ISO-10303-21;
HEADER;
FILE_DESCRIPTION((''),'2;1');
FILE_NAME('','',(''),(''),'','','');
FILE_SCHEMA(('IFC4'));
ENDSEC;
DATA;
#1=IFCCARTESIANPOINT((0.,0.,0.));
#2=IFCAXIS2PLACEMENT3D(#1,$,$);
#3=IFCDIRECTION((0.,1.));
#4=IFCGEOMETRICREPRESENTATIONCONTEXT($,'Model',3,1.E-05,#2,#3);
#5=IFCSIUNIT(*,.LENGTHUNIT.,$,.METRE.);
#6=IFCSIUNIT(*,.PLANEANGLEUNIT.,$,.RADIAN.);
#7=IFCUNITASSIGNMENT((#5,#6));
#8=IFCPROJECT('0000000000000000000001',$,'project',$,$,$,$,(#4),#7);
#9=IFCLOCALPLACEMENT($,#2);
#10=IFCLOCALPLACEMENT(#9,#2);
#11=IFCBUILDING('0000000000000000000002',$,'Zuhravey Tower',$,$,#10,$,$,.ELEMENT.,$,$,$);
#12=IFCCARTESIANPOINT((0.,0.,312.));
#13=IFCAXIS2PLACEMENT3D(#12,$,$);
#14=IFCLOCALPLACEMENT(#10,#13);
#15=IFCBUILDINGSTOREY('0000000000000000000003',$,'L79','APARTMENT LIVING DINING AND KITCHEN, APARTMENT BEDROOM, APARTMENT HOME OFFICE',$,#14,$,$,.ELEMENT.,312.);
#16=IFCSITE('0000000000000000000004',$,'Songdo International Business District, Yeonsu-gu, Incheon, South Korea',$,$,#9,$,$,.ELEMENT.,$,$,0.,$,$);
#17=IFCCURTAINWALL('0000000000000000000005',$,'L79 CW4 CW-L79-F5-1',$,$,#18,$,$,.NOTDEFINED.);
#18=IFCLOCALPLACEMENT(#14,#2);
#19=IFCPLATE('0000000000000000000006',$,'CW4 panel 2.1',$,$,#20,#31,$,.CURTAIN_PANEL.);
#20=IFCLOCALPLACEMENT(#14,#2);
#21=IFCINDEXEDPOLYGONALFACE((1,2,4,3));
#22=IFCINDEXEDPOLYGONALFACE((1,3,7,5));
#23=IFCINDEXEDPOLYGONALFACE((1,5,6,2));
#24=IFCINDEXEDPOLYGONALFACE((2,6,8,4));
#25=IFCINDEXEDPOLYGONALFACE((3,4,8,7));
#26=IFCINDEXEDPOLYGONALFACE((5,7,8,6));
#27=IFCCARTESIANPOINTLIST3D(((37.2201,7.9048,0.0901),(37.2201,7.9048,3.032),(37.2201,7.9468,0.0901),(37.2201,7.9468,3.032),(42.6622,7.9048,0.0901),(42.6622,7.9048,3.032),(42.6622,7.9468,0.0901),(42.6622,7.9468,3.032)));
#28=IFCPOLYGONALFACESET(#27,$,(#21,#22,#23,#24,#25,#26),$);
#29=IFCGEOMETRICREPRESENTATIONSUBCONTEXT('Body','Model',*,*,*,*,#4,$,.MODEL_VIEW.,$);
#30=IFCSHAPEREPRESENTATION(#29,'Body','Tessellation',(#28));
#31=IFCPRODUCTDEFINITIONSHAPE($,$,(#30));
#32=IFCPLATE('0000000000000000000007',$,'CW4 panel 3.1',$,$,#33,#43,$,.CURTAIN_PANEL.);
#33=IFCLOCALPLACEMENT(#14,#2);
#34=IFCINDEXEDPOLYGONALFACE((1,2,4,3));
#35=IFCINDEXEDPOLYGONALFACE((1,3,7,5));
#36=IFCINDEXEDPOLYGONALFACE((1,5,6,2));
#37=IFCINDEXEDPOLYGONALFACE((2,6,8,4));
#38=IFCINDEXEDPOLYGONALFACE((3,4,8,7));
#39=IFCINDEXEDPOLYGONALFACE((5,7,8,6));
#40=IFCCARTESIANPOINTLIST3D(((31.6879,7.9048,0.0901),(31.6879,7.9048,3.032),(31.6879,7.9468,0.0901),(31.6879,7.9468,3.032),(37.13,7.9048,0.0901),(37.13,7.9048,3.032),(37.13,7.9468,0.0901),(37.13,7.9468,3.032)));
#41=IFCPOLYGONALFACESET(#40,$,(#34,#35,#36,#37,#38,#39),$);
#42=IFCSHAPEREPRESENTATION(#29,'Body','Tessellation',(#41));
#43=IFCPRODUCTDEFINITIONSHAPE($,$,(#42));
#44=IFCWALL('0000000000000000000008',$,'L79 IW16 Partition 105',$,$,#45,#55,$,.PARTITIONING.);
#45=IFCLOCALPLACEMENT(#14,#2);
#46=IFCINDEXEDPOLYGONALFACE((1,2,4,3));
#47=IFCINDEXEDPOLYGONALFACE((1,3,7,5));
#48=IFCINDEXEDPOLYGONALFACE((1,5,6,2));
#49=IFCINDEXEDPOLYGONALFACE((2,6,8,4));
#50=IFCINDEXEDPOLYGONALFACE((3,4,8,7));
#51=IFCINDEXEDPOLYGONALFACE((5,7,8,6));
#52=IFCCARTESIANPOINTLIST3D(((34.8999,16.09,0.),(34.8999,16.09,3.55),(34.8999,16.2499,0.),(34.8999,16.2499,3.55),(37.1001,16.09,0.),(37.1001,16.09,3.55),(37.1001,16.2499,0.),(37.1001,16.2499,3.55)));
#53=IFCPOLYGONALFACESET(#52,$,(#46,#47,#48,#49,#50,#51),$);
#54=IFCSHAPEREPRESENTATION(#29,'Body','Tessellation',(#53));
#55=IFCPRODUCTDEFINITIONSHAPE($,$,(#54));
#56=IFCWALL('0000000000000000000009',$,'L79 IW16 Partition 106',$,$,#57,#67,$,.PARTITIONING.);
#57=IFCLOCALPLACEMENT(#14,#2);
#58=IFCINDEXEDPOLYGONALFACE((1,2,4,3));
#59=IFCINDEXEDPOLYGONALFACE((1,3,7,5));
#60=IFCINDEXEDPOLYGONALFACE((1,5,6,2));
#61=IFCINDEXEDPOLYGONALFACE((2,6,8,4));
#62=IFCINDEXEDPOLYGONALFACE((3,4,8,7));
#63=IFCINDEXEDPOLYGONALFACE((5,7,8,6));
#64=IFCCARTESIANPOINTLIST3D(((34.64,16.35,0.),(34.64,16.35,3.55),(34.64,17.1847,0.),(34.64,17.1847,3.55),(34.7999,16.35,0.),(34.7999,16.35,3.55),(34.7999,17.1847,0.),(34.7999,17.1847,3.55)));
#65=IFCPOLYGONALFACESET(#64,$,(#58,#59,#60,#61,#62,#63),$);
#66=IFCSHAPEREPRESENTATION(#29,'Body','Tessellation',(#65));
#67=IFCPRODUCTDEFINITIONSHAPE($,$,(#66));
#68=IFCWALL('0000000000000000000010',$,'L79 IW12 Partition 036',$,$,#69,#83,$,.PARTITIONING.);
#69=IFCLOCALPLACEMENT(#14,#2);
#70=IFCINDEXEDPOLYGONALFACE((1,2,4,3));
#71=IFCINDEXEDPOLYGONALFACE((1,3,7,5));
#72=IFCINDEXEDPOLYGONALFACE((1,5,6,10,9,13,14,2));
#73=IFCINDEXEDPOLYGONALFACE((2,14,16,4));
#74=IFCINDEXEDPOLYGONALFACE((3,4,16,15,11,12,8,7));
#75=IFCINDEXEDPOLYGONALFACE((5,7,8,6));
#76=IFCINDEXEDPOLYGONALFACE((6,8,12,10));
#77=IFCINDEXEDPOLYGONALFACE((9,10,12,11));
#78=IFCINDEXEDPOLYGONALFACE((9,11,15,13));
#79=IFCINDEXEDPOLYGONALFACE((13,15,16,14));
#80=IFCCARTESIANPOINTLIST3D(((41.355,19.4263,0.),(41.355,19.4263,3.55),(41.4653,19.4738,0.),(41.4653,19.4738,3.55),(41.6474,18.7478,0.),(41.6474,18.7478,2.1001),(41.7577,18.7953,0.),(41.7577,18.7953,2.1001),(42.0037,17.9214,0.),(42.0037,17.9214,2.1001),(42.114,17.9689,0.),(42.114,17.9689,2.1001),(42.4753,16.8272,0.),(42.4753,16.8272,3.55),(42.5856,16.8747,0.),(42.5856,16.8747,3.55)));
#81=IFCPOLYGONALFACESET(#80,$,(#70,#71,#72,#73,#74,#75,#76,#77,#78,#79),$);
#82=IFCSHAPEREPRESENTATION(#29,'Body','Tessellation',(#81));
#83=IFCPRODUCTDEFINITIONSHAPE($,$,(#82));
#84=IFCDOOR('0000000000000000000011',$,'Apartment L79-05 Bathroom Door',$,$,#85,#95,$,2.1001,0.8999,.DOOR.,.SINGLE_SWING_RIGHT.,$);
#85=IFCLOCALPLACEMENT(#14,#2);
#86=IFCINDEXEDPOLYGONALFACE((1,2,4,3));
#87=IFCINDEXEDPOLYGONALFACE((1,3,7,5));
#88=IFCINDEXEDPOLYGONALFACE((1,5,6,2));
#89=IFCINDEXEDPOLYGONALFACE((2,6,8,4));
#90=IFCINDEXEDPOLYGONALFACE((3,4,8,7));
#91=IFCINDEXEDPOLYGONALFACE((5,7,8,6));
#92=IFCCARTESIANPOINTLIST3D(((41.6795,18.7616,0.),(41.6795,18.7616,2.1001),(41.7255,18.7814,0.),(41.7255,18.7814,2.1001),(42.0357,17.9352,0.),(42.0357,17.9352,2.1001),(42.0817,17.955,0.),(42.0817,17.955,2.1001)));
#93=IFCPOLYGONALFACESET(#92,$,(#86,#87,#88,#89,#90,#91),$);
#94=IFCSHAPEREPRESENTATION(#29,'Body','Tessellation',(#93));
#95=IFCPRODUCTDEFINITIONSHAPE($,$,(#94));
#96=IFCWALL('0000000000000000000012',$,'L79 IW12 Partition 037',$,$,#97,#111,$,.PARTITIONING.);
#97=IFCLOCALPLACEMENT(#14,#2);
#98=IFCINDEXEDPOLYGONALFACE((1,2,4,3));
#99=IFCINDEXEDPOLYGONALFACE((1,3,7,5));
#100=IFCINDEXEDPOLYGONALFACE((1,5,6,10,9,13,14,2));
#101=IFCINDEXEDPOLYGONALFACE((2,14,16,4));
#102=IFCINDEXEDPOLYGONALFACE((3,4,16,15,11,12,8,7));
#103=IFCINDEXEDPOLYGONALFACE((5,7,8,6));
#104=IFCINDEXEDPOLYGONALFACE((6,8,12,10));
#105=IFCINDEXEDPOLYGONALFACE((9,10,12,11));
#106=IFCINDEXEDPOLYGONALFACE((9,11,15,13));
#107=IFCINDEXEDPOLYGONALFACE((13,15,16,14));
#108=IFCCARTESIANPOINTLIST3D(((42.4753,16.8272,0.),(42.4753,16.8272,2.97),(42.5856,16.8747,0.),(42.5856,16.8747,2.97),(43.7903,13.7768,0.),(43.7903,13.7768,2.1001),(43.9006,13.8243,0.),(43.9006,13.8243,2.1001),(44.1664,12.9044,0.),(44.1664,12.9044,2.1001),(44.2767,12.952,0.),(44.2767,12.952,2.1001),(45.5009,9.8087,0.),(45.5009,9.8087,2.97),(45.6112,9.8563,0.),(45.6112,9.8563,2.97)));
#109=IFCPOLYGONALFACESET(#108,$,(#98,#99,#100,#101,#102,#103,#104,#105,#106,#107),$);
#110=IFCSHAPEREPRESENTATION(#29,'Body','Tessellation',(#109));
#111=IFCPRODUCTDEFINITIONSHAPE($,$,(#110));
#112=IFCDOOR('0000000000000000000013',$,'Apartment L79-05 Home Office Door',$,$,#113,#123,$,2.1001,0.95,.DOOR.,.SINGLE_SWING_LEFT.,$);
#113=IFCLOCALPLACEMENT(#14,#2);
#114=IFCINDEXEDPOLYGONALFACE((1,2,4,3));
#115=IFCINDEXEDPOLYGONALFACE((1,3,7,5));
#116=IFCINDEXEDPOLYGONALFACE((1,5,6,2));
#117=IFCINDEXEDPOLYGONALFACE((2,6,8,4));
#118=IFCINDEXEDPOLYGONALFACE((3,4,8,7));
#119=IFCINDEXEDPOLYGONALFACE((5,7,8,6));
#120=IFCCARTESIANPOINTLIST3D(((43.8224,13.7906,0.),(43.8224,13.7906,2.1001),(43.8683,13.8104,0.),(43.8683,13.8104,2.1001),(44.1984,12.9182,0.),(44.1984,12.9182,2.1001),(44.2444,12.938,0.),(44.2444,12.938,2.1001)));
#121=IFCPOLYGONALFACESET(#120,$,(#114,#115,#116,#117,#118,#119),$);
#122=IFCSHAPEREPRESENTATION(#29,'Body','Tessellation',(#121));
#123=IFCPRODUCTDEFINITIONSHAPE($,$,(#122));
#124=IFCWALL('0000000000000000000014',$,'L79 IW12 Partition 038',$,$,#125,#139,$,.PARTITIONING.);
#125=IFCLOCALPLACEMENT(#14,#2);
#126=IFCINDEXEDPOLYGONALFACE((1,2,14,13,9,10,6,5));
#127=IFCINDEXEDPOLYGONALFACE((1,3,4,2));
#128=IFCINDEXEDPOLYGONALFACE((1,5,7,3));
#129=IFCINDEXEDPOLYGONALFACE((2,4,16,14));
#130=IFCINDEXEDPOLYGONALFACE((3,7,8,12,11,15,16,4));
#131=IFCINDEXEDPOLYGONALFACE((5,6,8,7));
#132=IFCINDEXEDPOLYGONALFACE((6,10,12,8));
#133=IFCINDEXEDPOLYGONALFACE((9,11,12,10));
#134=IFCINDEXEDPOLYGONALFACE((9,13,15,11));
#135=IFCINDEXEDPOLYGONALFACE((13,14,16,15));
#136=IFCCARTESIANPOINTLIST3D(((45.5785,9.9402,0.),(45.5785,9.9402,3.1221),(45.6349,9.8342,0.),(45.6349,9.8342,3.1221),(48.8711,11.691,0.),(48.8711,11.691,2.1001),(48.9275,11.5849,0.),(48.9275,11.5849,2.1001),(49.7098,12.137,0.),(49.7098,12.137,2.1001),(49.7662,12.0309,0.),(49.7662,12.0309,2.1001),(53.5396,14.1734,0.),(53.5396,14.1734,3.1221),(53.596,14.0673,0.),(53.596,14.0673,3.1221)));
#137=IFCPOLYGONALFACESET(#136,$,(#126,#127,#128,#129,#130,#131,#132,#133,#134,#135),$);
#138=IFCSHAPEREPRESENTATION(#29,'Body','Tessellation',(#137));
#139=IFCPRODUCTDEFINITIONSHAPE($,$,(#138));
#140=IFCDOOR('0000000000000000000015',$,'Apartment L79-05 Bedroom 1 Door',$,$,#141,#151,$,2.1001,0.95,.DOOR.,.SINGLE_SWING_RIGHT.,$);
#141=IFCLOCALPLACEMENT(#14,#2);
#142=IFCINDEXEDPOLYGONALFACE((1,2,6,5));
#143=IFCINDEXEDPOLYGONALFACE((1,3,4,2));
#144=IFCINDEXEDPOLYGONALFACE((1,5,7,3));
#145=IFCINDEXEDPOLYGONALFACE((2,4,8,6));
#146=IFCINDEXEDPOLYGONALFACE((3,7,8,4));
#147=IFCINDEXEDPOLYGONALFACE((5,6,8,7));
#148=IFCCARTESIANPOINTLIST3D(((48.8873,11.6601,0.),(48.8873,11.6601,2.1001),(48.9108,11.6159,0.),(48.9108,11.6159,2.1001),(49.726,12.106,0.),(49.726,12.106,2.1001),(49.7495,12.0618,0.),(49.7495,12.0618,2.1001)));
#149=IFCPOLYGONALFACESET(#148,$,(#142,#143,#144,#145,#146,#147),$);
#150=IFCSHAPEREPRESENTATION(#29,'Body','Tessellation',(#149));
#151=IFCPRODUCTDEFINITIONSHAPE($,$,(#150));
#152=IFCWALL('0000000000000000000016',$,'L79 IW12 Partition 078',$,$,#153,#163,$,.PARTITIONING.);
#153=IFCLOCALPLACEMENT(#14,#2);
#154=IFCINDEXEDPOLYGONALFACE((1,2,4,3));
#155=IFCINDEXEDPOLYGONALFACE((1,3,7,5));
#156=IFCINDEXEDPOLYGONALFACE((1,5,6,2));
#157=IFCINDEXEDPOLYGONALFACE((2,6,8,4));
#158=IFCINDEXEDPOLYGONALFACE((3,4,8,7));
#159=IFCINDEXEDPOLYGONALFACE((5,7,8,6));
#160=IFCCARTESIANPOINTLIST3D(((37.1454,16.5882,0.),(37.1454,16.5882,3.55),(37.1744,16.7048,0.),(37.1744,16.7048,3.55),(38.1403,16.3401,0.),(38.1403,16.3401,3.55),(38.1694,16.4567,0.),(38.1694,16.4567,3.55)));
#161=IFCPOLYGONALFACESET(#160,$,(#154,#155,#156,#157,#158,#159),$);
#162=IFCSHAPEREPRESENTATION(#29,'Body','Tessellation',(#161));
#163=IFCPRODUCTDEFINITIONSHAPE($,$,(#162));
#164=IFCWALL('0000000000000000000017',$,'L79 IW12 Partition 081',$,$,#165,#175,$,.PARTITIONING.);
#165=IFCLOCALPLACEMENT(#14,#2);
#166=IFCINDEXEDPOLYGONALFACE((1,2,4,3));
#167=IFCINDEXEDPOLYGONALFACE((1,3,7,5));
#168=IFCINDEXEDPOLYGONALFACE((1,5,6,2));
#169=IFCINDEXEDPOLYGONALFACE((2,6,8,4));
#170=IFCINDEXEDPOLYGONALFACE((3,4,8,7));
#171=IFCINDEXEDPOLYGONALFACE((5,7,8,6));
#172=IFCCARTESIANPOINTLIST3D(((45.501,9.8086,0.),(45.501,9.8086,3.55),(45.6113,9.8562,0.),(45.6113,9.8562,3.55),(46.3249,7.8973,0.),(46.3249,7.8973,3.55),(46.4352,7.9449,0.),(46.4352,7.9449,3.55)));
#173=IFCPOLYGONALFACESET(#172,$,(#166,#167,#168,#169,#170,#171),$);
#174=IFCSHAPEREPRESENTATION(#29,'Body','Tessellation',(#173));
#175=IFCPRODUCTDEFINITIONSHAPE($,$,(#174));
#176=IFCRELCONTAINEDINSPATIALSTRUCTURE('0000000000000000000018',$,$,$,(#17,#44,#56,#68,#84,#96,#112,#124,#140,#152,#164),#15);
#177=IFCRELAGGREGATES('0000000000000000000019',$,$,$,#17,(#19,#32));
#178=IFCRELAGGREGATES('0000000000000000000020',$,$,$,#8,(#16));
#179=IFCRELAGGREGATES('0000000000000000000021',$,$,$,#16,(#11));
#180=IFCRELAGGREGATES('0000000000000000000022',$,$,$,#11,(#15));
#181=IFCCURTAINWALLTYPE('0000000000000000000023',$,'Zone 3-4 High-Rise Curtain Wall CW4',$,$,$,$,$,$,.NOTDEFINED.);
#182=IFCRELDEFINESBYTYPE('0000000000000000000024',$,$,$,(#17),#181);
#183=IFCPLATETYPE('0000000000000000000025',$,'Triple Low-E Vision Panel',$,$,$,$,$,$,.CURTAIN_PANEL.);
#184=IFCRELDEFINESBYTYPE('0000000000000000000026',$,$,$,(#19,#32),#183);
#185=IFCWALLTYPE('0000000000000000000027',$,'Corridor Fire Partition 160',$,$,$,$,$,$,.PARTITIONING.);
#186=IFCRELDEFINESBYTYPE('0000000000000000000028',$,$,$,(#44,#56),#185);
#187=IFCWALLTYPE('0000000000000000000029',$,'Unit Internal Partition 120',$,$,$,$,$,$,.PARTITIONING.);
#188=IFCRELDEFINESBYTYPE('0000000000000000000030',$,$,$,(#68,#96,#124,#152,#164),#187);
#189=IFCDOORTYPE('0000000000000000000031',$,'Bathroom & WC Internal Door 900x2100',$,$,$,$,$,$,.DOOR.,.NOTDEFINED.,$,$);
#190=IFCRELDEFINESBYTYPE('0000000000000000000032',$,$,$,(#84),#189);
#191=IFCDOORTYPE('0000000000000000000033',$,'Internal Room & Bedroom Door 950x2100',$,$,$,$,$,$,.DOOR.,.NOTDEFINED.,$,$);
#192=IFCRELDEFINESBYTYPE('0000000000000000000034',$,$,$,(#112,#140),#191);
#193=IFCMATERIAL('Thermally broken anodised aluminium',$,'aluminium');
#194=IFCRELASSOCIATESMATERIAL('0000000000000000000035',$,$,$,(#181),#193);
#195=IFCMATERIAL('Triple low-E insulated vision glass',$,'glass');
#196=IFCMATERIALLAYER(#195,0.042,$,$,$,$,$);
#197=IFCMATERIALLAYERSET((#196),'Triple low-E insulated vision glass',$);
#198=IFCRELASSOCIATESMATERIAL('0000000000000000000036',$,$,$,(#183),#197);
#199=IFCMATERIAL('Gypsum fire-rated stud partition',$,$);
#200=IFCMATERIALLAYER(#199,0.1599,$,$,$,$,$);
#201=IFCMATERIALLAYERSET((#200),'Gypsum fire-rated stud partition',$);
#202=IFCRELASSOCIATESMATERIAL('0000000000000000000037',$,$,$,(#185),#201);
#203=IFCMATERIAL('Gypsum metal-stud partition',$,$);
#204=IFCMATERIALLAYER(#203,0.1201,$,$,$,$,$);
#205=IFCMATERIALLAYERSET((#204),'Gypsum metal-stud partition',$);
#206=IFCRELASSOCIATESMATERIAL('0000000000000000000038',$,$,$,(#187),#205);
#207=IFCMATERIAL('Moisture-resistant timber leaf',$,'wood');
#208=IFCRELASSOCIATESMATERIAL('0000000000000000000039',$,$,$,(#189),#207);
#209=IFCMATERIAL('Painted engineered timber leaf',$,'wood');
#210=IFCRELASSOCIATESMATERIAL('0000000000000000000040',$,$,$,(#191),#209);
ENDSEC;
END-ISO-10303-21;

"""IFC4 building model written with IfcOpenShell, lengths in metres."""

from ifc_helpers import new_model, si_unit, direction, frame, frame_2d, origin, origin_2d, place, context, subcontext, project, spatial, rectangle, extrude, material, layer, layer_set, type_object, element, fill, aggregate, save


model = new_model("IFC4")

# Units and contexts
model_context = context("Model", 3, precision=1e-05, world=origin(), true_north=direction((0.0, 1.0)))
body_context = subcontext(model_context, "Body", "Model", "MODEL_VIEW")
ifc_project = project(units=[si_unit("LENGTHUNIT", "METRE"), si_unit("PLANEANGLEUNIT", "RADIAN")], contexts=[model_context])

# Site, building, storey
site_placement = place(None, origin())
site = spatial("IfcSite", under=ifc_project, at=site_placement, Name="Songdo International Business District, Yeonsu-gu, Incheon, South Korea", CompositionType="ELEMENT", RefElevation=0.0)
building_placement = place(site_placement, origin())
building = spatial("IfcBuilding", under=site, at=building_placement, Name="Zuhravey Tower", CompositionType="ELEMENT")
storey_placement = place(building_placement, frame((0.0, 0.0, 312.0)))
storey = spatial("IfcBuildingStorey", under=building, at=storey_placement, Name="L79", Description="APARTMENT LIVING DINING AND KITCHEN, APARTMENT BEDROOM, APARTMENT HOME OFFICE", CompositionType="ELEMENT", Elevation=312.0)

# Curtain wall
ifc_material_1 = material(Name="Thermally broken anodised aluminium", Category="aluminium")
curtain_wall_type = type_object("IfcCurtainWallType", Name="Zone 3-4 High-Rise Curtain Wall CW4", PredefinedType="NOTDEFINED", material=ifc_material_1)
curtain_wall_placement = place(storey_placement, origin())
curtain_wall = element("IfcCurtainWall", 1, at=curtain_wall_placement, inside=storey, type_object=curtain_wall_type, Name="L79 CW4 CW-L79-F5-1", PredefinedType="NOTDEFINED")

# Plates
ifc_material_2 = material(Name="Triple low-E insulated vision glass", Category="glass")
ifc_layer_1 = layer(ifc_material_2, 0.042)
ifc_layer_set_1 = layer_set([ifc_layer_1], Name="Triple low-E insulated vision glass")
plate_type = type_object("IfcPlateType", Name="Triple Low-E Vision Panel", PredefinedType="CURTAIN_PANEL", material=ifc_layer_set_1)
plate_1_placement = place(storey_placement, frame((39.9412, 7.9258, 0.0901), z_axis=(0.0, 0.0, 1.0), x_axis=(-1.0, 0.0, 0.0)))
plate_1 = element("IfcPlate", 2, at=plate_1_placement, type_object=plate_type, Name="CW4 panel 2.1", PredefinedType="CURTAIN_PANEL", context=body_context, shape_type="SweptSolid", body=[
    extrude(rectangle(XDim=5.4421, YDim=0.042, at=origin_2d()), origin(), (0.0, 0.0, 1.0), 2.9419),
])
plate_2_placement = place(storey_placement, frame((34.4089, 7.9258, 0.0901), z_axis=(0.0, 0.0, 1.0), x_axis=(-1.0, 0.0, 0.0)))
plate_2 = element("IfcPlate", 3, at=plate_2_placement, type_object=plate_type, Name="CW4 panel 3.1", PredefinedType="CURTAIN_PANEL", context=body_context, shape_type="SweptSolid", body=[
    extrude(rectangle(XDim=5.4421, YDim=0.042, at=origin_2d()), origin(), (0.0, 0.0, 1.0), 2.9419),
])
aggregate(curtain_wall, [plate_1, plate_2])

# Walls
ifc_material_3 = material(Name="Gypsum fire-rated stud partition")
ifc_layer_2 = layer(ifc_material_3, 0.1599)
ifc_layer_set_2 = layer_set([ifc_layer_2], Name="Gypsum fire-rated stud partition")
wall_type_1 = type_object("IfcWallType", Name="Corridor Fire Partition 160", PredefinedType="PARTITIONING", material=ifc_layer_set_2)
wall_1_placement = place(storey_placement, frame((34.8999, 16.1699, 0.0), z_axis=(0.0, 0.0, 1.0), x_axis=(1.0, 0.0, 0.0)))
element("IfcWall", 4, at=wall_1_placement, inside=storey, type_object=wall_type_1, Name="L79 IW16 Partition 105", PredefinedType="PARTITIONING", context=body_context, shape_type="SweptSolid", body=[
    extrude(rectangle(XDim=2.2002, YDim=0.1599, at=frame_2d((1.1001, 0.0))), origin(), (0.0, 0.0, 1.0), 3.55),
])
wall_2_placement = place(storey_placement, frame((34.72, 17.1848, 0.0), z_axis=(0.0, 0.0, 1.0), x_axis=(0.0, -1.0, 0.0)))
element("IfcWall", 5, at=wall_2_placement, inside=storey, type_object=wall_type_1, Name="L79 IW16 Partition 106", PredefinedType="PARTITIONING", context=body_context, shape_type="SweptSolid", body=[
    extrude(rectangle(XDim=0.8347, YDim=0.1599, at=frame_2d((0.4175, 0.0))), origin(), (0.0, 0.0, 1.0), 3.55),
])

# Walls, openings, doors
ifc_material_4 = material(Name="Gypsum metal-stud partition")
ifc_layer_3 = layer(ifc_material_4, 0.1201)
ifc_layer_set_3 = layer_set([ifc_layer_3], Name="Gypsum metal-stud partition")
wall_type_2 = type_object("IfcWallType", Name="Unit Internal Partition 120", PredefinedType="PARTITIONING", material=ifc_layer_set_3)
wall_3_placement = place(storey_placement, frame((41.4102, 19.45, 0.0), z_axis=(0.0, 0.0, 1.0), x_axis=(0.395844, -0.918318, 0.0)))
wall_3 = element("IfcWall", 6, at=wall_3_placement, inside=storey, type_object=wall_type_2, Name="L79 IW12 Partition 036", PredefinedType="PARTITIONING", context=body_context, shape_type="SweptSolid", body=[
    extrude(rectangle(XDim=2.8303, YDim=0.1201, at=frame_2d((1.415, 0.0))), origin(), (0.0, 0.0, 1.0), 3.55),
])
opening_1_placement = place(wall_3_placement, frame((0.7388, 0.0, 0.0)))
opening_1 = element("IfcOpeningElement", 7, at=opening_1_placement, cuts=wall_3, PredefinedType="OPENING", context=body_context, shape_type="SweptSolid", body=[
    extrude(rectangle(XDim=0.8999, YDim=2.1001, at=frame_2d((0.45, 1.05))), frame((0.0, 0.072, 0.0), z_axis=(0.0, -1.0, 0.0), x_axis=(1.0, 0.0, 0.0)), (0.0, 0.0, 1.0), 0.144),
])
ifc_material_5 = material(Name="Moisture-resistant timber leaf", Category="wood")
door_type_1 = type_object("IfcDoorType", Name="Bathroom & WC Internal Door 900x2100", OperationType="NOTDEFINED", PredefinedType="DOOR", material=ifc_material_5)
door_1_placement = place(opening_1_placement, origin())
door_1 = element("IfcDoor", 8, at=door_1_placement, inside=storey, type_object=door_type_1, Name="Apartment L79-05 Bathroom Door", OperationType="SINGLE_SWING_RIGHT", OverallHeight=2.1001, OverallWidth=0.8999, PredefinedType="DOOR", context=body_context, shape_type="SweptSolid", body=[
    extrude(rectangle(XDim=0.8999, YDim=2.1001, at=frame_2d((0.45, 1.05))), frame((0.0, 0.0249, 0.0), z_axis=(0.0, -1.0, 0.0), x_axis=(1.0, 0.0, 0.0)), (0.0, 0.0, 1.0), 0.05),
])
fill(opening_1, door_1)
wall_4_placement = place(storey_placement, frame((42.5305, 16.8508, 0.0), z_axis=(0.0, 0.0, 1.0), x_axis=(0.395873, -0.918305, 0.0)))
wall_4 = element("IfcWall", 9, at=wall_4_placement, inside=storey, type_object=wall_type_2, Name="L79 IW12 Partition 037", PredefinedType="PARTITIONING", context=body_context, shape_type="SweptSolid", body=[
    extrude(rectangle(XDim=7.6428, YDim=0.1201, at=frame_2d((3.8213, 0.0))), origin(), (0.0, 0.0, 1.0), 2.97),
])
opening_2_placement = place(wall_4_placement, frame((3.3215, 0.0, 0.0)))
opening_2 = element("IfcOpeningElement", 10, at=opening_2_placement, cuts=wall_4, PredefinedType="OPENING", context=body_context, shape_type="SweptSolid", body=[
    extrude(rectangle(XDim=0.95, YDim=2.1001, at=frame_2d((0.4751, 1.05))), frame((0.0, 0.072, 0.0), z_axis=(0.0, -1.0, 0.0), x_axis=(1.0, 0.0, 0.0)), (0.0, 0.0, 1.0), 0.144),
])
ifc_material_6 = material(Name="Painted engineered timber leaf", Category="wood")
door_type_2 = type_object("IfcDoorType", Name="Internal Room & Bedroom Door 950x2100", OperationType="NOTDEFINED", PredefinedType="DOOR", material=ifc_material_6)
door_2_placement = place(opening_2_placement, origin())
door_2 = element("IfcDoor", 11, at=door_2_placement, inside=storey, type_object=door_type_2, Name="Apartment L79-05 Home Office Door", OperationType="SINGLE_SWING_LEFT", OverallHeight=2.1001, OverallWidth=0.95, PredefinedType="DOOR", context=body_context, shape_type="SweptSolid", body=[
    extrude(rectangle(XDim=0.95, YDim=2.1001, at=frame_2d((0.4751, 1.05))), frame((0.0, 0.0249, 0.0), z_axis=(0.0, -1.0, 0.0), x_axis=(1.0, 0.0, 0.0)), (0.0, 0.0, 1.0), 0.05),
])
fill(opening_2, door_2)
wall_5_placement = place(storey_placement, frame((45.6067, 9.8872, 0.0), z_axis=(0.0, 0.0, 1.0), x_axis=(0.882942, 0.469482, 0.0)))
wall_5 = element("IfcWall", 12, at=wall_5_placement, inside=storey, type_object=wall_type_2, Name="L79 IW12 Partition 038", PredefinedType="PARTITIONING", context=body_context, shape_type="SweptSolid", body=[
    extrude(rectangle(XDim=9.0166, YDim=0.1201, at=frame_2d((4.5083, 0.0))), origin(), (0.0, 0.0, 1.0), 3.1221),
])
opening_3_placement = place(wall_5_placement, frame((3.729, 0.0, 0.0)))
opening_3 = element("IfcOpeningElement", 13, at=opening_3_placement, cuts=wall_5, PredefinedType="OPENING", context=body_context, shape_type="SweptSolid", body=[
    extrude(rectangle(XDim=0.95, YDim=2.1001, at=frame_2d((0.4751, 1.05))), frame((0.0, 0.072, 0.0), z_axis=(0.0, -1.0, 0.0), x_axis=(1.0, 0.0, 0.0)), (0.0, 0.0, 1.0), 0.144),
])
door_3_placement = place(opening_3_placement, frame((0.95, 0.0, 0.0), z_axis=(0.0, 0.0, 1.0), x_axis=(-1.0, 0.0, 0.0)))
door_3 = element("IfcDoor", 14, at=door_3_placement, inside=storey, type_object=door_type_2, Name="Apartment L79-05 Bedroom 1 Door", OperationType="SINGLE_SWING_RIGHT", OverallHeight=2.1001, OverallWidth=0.95, PredefinedType="DOOR", context=body_context, shape_type="SweptSolid", body=[
    extrude(rectangle(XDim=0.95, YDim=2.1001, at=frame_2d((0.4751, 1.05))), frame((0.0, 0.0249, 0.0), z_axis=(0.0, -1.0, 0.0), x_axis=(1.0, 0.0, 0.0)), (0.0, 0.0, 1.0), 0.05),
])
fill(opening_3, door_3)

# Walls
wall_6_placement = place(storey_placement, frame((37.1599, 16.6465, 0.0), z_axis=(0.0, 0.0, 1.0), x_axis=(0.970296, -0.241919, 0.0)))
element("IfcWall", 15, at=wall_6_placement, inside=storey, type_object=wall_type_2, Name="L79 IW12 Partition 078", PredefinedType="PARTITIONING", context=body_context, shape_type="SweptSolid", body=[
    extrude(rectangle(XDim=1.0254, YDim=0.1201, at=frame_2d((0.5127, 0.0))), origin(), (0.0, 0.0, 1.0), 3.55),
])
wall_7_placement = place(storey_placement, frame((45.5562, 9.8323, 0.0), z_axis=(0.0, 0.0, 1.0), x_axis=(0.395872, -0.918306, 0.0)))
element("IfcWall", 16, at=wall_7_placement, inside=storey, type_object=wall_type_2, Name="L79 IW12 Partition 081", PredefinedType="PARTITIONING", context=body_context, shape_type="SweptSolid", body=[
    extrude(rectangle(XDim=2.0813, YDim=0.1201, at=frame_2d((1.0405, 0.0))), origin(), (0.0, 0.0, 1.0), 3.55),
])

save(model, "model.ifc")
